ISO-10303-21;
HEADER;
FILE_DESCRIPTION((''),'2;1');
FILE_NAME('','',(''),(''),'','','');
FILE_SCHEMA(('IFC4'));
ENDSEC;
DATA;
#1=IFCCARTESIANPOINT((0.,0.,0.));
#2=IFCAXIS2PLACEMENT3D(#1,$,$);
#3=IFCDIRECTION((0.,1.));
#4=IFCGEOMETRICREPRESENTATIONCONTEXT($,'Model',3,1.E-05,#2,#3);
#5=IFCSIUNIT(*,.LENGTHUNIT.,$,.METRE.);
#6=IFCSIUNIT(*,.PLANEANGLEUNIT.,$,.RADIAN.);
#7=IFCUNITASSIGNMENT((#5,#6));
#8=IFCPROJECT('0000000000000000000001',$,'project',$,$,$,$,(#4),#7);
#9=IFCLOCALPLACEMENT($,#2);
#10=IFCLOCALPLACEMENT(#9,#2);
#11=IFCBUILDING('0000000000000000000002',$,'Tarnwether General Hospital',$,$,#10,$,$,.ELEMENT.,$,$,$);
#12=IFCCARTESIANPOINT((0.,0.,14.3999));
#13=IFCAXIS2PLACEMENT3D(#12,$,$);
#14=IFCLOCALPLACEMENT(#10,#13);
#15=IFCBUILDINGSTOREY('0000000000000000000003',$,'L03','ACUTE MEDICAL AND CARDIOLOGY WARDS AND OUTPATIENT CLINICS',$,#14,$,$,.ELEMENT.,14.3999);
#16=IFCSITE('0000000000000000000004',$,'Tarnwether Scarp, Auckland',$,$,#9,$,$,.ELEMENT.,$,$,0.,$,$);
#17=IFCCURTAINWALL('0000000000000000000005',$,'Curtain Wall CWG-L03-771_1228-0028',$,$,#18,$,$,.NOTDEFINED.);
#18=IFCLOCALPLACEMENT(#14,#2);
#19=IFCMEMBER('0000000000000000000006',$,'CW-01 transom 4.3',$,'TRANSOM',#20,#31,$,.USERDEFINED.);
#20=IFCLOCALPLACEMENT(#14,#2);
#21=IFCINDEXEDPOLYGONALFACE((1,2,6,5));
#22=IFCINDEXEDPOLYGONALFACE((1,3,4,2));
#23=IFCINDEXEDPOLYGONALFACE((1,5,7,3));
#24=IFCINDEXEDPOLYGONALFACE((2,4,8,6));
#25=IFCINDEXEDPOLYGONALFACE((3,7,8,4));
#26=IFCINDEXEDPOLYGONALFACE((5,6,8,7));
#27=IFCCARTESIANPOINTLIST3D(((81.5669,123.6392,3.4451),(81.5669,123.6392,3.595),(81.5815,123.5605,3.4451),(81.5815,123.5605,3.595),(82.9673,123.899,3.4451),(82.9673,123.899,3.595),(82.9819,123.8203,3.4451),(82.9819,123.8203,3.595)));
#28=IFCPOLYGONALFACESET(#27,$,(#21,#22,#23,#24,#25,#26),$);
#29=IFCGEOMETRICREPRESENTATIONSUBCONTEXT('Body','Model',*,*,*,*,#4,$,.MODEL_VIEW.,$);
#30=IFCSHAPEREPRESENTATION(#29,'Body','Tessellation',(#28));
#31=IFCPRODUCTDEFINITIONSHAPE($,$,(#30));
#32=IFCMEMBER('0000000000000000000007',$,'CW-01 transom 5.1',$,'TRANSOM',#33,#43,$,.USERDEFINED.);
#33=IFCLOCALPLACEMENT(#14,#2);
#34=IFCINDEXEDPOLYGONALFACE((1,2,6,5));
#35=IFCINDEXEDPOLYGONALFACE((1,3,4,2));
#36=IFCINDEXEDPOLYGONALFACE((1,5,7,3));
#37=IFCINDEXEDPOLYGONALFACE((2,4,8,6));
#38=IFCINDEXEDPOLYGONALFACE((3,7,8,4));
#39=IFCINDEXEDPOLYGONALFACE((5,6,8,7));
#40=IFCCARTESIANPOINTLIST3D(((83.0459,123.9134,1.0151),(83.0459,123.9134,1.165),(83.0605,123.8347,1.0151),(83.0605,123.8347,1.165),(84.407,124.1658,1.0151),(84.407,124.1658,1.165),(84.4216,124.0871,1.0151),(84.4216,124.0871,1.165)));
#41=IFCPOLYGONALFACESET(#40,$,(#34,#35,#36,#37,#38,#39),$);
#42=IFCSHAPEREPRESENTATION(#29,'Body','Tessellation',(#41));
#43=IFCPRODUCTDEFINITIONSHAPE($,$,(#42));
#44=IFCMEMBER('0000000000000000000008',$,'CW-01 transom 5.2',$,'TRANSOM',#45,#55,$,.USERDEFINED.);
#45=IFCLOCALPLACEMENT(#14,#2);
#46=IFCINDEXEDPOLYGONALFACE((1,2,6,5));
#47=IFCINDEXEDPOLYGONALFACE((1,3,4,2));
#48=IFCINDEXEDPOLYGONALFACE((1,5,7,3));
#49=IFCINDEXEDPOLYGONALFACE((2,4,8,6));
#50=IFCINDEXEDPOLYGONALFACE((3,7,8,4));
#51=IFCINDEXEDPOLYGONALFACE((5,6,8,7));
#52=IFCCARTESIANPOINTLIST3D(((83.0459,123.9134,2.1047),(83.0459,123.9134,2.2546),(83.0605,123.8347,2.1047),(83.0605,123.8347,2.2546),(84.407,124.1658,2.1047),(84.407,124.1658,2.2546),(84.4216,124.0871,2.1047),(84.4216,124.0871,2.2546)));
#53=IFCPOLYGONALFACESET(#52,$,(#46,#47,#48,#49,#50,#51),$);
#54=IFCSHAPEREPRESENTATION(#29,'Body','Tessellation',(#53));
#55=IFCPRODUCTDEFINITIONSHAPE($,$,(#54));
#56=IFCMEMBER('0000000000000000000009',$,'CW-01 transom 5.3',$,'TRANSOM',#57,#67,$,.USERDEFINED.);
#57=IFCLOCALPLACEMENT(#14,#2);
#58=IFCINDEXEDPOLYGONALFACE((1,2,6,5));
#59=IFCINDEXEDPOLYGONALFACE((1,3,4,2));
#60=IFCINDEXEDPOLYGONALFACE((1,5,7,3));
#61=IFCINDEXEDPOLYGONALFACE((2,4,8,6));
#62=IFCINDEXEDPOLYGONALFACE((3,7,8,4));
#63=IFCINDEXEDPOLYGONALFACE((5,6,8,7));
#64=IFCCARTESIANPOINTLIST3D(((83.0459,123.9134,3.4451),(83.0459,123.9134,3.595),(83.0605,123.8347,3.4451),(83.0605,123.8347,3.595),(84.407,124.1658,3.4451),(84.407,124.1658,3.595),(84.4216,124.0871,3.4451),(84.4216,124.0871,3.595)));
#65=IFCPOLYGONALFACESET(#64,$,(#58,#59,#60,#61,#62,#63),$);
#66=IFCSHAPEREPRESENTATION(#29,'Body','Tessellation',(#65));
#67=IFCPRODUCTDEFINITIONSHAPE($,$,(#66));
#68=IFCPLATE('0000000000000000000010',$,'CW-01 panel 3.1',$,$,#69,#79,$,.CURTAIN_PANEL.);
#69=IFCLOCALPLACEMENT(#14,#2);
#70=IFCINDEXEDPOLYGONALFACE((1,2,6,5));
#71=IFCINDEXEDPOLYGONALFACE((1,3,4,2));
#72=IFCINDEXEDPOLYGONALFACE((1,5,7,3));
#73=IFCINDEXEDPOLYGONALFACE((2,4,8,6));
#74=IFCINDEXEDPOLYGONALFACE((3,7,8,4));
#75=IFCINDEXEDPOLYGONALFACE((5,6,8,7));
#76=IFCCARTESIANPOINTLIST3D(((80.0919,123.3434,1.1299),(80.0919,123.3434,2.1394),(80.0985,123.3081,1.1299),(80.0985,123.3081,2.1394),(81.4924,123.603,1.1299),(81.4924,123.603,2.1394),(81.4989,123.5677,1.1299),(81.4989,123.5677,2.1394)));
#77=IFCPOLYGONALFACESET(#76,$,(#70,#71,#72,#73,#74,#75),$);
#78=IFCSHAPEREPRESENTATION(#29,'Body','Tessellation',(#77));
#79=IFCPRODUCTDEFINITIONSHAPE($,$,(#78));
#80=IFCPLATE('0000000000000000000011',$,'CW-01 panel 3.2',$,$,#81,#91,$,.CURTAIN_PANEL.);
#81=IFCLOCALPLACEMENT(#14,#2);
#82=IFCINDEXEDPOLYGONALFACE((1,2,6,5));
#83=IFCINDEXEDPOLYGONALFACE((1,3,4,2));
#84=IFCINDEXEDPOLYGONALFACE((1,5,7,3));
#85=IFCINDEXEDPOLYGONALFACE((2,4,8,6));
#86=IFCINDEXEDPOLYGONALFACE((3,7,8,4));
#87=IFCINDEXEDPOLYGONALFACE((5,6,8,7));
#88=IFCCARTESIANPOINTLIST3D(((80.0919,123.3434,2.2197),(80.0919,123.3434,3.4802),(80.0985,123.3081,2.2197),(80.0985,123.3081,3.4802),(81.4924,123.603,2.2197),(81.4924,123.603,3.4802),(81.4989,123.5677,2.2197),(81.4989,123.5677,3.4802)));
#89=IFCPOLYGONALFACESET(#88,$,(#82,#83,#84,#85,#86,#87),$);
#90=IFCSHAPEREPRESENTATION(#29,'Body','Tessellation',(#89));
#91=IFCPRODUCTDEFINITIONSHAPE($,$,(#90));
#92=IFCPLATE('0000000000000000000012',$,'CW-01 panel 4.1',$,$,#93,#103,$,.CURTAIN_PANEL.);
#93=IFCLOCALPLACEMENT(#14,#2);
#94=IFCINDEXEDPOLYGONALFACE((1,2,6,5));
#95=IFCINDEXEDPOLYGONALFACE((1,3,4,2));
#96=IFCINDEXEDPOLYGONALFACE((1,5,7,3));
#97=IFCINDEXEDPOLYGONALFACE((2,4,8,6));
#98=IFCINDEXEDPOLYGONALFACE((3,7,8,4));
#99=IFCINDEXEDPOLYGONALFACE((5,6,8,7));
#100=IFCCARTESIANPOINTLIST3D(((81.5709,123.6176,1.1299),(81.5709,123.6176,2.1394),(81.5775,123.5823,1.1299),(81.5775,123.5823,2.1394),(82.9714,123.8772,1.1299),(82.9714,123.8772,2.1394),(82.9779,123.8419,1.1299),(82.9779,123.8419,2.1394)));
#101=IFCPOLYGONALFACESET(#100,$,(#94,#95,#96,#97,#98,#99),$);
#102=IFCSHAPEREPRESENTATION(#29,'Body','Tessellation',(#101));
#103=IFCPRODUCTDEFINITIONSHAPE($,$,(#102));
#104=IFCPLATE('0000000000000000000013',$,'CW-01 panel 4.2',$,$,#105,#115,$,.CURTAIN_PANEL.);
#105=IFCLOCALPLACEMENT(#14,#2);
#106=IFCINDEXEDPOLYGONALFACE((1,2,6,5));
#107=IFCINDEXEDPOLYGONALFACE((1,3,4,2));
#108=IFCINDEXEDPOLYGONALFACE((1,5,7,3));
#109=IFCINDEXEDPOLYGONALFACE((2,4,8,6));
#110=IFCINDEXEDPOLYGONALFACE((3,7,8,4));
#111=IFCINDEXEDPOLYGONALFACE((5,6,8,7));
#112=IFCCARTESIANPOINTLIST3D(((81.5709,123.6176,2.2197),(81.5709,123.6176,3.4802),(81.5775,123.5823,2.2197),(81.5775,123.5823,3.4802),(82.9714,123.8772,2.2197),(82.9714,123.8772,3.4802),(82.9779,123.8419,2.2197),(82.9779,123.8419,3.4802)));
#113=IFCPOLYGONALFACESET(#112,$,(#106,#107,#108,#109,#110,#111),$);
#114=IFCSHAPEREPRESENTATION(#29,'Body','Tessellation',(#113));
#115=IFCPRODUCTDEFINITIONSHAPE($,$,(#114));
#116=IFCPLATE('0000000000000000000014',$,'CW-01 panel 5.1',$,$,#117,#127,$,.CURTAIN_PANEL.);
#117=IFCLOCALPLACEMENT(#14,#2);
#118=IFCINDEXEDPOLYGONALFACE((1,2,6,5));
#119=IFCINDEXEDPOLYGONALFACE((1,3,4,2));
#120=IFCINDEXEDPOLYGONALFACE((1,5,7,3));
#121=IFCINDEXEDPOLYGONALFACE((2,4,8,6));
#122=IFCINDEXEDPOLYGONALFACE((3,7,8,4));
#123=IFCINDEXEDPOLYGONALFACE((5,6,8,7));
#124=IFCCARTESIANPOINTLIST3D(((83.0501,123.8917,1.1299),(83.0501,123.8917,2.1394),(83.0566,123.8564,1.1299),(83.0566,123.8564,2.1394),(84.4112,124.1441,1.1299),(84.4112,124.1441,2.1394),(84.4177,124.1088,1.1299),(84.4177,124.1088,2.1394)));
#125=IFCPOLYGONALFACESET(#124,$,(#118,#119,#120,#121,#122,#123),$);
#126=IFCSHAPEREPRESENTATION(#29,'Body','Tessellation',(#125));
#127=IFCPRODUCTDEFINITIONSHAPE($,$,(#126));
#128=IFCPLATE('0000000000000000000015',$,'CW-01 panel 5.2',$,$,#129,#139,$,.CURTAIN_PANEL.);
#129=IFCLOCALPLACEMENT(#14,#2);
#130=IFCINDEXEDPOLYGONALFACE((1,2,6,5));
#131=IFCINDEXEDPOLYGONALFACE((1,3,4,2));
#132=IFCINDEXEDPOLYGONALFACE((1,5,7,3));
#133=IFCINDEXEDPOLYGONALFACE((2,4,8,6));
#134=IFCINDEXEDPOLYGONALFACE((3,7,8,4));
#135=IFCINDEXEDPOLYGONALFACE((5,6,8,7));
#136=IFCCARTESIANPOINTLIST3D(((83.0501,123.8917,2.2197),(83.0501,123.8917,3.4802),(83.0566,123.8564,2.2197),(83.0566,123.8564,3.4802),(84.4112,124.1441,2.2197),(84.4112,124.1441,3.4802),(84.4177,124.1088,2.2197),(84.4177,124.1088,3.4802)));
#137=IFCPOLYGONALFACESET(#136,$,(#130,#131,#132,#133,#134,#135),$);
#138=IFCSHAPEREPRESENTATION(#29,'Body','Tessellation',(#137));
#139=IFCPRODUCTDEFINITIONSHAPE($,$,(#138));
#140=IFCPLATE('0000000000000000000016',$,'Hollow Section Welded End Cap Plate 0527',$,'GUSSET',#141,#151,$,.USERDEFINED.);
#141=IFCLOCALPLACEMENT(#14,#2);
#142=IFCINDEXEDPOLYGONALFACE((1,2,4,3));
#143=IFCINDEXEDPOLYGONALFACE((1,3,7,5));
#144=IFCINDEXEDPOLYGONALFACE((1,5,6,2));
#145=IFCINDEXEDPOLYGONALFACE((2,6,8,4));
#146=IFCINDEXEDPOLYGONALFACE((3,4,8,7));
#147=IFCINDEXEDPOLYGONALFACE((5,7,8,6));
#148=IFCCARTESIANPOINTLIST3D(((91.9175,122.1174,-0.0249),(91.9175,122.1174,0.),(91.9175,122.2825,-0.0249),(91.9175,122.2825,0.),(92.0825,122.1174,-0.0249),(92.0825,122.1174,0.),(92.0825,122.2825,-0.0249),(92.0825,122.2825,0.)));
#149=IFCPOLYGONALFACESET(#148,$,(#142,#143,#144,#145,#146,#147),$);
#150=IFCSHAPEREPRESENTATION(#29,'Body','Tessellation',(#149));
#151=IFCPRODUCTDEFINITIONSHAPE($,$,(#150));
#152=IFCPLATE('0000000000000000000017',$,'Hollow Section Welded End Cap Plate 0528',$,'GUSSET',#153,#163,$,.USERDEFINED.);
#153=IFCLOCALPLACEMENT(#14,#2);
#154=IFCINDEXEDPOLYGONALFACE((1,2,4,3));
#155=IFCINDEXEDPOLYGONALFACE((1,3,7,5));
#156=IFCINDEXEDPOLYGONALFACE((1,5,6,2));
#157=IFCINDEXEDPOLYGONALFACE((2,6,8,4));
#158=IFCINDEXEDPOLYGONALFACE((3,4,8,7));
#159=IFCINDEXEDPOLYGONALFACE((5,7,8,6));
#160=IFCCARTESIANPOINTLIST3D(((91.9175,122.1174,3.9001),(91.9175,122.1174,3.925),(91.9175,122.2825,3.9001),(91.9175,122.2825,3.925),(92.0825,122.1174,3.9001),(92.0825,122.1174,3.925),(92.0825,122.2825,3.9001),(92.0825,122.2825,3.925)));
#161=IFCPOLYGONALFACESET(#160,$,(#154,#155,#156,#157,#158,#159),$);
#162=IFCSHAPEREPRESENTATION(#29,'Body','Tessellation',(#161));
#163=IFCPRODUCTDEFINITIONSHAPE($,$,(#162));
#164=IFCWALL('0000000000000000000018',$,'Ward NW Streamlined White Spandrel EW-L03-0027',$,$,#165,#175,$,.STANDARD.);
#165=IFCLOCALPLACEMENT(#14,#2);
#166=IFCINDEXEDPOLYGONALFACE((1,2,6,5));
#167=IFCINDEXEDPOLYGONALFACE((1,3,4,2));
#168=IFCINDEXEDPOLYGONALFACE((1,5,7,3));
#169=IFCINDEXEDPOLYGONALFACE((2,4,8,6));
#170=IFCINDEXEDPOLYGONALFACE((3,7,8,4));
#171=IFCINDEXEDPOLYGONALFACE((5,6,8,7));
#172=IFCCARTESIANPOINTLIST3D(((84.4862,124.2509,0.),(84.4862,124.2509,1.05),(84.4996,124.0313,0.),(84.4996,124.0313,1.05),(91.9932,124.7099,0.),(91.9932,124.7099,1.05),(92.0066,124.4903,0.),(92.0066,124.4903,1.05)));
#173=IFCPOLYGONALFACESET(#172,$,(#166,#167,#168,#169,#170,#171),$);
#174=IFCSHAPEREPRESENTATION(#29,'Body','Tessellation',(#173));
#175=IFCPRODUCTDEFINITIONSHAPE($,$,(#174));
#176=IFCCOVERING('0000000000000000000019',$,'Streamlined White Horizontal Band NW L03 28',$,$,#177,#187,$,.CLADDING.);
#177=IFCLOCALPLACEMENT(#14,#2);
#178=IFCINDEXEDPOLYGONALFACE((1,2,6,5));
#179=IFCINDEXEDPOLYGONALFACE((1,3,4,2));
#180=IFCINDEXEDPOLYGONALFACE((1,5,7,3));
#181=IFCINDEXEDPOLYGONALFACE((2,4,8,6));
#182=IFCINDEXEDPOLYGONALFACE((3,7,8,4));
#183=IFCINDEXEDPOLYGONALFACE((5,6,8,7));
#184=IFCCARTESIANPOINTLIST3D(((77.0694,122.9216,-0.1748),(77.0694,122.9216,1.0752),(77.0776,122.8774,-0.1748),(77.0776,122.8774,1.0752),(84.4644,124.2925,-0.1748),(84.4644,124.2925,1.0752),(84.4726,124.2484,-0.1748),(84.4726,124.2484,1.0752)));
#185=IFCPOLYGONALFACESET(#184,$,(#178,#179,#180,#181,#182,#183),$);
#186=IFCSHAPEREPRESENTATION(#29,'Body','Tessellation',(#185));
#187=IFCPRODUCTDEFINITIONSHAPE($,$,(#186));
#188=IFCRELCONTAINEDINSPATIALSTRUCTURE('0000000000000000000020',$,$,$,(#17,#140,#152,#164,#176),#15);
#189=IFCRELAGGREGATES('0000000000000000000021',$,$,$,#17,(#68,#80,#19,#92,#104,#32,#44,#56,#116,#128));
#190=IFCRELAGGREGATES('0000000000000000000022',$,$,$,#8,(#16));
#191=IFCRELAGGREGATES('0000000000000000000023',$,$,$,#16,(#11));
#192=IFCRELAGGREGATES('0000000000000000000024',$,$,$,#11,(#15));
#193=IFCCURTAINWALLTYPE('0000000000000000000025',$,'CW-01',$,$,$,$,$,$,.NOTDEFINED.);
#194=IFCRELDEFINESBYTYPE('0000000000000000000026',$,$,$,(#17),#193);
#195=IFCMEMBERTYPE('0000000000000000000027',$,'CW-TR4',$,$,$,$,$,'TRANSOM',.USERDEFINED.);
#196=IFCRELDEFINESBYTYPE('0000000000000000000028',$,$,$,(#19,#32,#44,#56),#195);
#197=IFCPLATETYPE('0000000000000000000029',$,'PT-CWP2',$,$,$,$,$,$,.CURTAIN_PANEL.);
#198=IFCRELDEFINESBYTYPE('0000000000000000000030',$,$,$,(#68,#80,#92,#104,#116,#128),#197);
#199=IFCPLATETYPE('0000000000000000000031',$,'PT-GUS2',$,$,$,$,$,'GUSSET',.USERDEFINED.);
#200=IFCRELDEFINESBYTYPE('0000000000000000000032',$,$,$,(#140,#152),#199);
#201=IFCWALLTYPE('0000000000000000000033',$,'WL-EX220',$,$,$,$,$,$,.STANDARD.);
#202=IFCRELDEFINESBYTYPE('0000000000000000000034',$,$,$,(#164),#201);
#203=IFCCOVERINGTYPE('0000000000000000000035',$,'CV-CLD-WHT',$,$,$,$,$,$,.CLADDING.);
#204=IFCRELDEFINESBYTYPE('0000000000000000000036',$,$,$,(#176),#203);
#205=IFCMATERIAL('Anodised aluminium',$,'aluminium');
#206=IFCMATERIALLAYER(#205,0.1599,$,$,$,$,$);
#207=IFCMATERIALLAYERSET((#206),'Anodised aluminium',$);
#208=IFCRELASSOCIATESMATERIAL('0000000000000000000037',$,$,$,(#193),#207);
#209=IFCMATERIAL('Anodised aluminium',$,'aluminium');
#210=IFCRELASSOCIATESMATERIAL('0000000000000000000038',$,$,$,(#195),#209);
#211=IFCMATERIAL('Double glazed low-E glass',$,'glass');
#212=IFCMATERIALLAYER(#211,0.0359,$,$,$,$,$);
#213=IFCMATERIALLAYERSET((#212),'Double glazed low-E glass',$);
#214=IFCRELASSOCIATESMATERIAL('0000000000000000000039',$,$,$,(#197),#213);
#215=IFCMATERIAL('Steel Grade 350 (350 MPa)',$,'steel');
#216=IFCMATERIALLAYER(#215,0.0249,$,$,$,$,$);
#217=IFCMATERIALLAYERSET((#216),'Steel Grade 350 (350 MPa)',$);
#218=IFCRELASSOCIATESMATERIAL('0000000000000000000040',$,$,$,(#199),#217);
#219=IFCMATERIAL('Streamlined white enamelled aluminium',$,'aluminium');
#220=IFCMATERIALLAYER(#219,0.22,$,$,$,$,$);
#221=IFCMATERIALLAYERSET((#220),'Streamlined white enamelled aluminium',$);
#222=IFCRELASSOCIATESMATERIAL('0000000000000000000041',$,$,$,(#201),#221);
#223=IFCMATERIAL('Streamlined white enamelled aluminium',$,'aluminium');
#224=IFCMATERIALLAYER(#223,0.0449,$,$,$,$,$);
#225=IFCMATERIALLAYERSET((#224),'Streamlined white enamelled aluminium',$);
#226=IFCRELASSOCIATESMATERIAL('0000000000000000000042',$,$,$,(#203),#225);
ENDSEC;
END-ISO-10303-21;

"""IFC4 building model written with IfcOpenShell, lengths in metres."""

from ifc_helpers import new_model, si_unit, direction, frame, frame_2d, origin, origin_2d, place, context, subcontext, project, spatial, rectangle, extrude, material, layer, layer_set, material_profile, profile_set, type_object, element, aggregate, save


model = new_model("IFC4")

# Units and contexts
model_context = context("Model", 3, precision=1e-05, world=origin(), true_north=direction((0.0, 1.0)))
body_context = subcontext(model_context, "Body", "Model", "MODEL_VIEW")
ifc_project = project(units=[si_unit("LENGTHUNIT", "METRE"), si_unit("PLANEANGLEUNIT", "RADIAN")], contexts=[model_context])

# Site, building, storey
site_placement = place(None, origin())
site = spatial("IfcSite", under=ifc_project, at=site_placement, Name="Tarnwether Scarp, Auckland", CompositionType="ELEMENT", RefElevation=0.0)
building_placement = place(site_placement, origin())
building = spatial("IfcBuilding", under=site, at=building_placement, Name="Tarnwether General Hospital", CompositionType="ELEMENT")
storey_placement = place(building_placement, frame((0.0, 0.0, 14.3999)))
storey = spatial("IfcBuildingStorey", under=building, at=storey_placement, Name="L03", Description="ACUTE MEDICAL AND CARDIOLOGY WARDS AND OUTPATIENT CLINICS", CompositionType="ELEMENT", Elevation=14.3999)

# Shared definitions
ifc_material_1 = material(Name="Anodised aluminium", Category="aluminium")
ifc_layer_1 = layer(ifc_material_1, 0.1599)
ifc_layer_set_1 = layer_set([ifc_layer_1], Name="Anodised aluminium")
curtain_wall_type = type_object("IfcCurtainWallType", Name="CW-01", PredefinedType="NOTDEFINED", material=ifc_layer_set_1)

# Curtain wall
curtain_wall_1_placement = place(storey_placement, origin())
curtain_wall_1 = element("IfcCurtainWall", 1, at=curtain_wall_1_placement, inside=storey, type_object=curtain_wall_type, Name="Curtain Wall CWG-L03-771_1228-0028", PredefinedType="NOTDEFINED")

# Members
ifc_material_2 = material(Name="Anodised aluminium", Category="aluminium")
ifc_material_profile_1 = material_profile(ifc_material_2, rectangle(XDim=0.0801, YDim=0.1499, at=origin_2d()), Name="ALU-TRN-80x150")
ifc_profile_set_1 = profile_set([ifc_material_profile_1], Name="Anodised aluminium")
member_type_1 = type_object("IfcMemberType", Name="CW-TR4", ElementType="TRANSOM", PredefinedType="USERDEFINED", material=ifc_profile_set_1)
member_1_placement = place(storey_placement, frame((81.5742, 123.5999, 3.52), z_axis=(0.983227, 0.182384, 0.0), x_axis=(-0.182384, 0.983227, 0.0)))
member_1 = element("IfcMember", 2, at=member_1_placement, type_object=member_type_1, Name="CW-01 transom 4.3", ObjectType="TRANSOM", PredefinedType="USERDEFINED", context=body_context, shape_type="SweptSolid", body=[
    extrude(rectangle(XDim=0.0801, YDim=0.1499, at=origin_2d()), origin(), (0.0, 0.0, 1.0), 1.4243),
])
member_2_placement = place(storey_placement, frame((83.0532, 123.874, 1.0901), z_axis=(0.983232, 0.182361, 0.0), x_axis=(-0.182361, 0.983232, 0.0)))
member_2 = element("IfcMember", 3, at=member_2_placement, type_object=member_type_1, Name="CW-01 transom 5.1", ObjectType="TRANSOM", PredefinedType="USERDEFINED", context=body_context, shape_type="SweptSolid", body=[
    extrude(rectangle(XDim=0.0801, YDim=0.1499, at=origin_2d()), origin(), (0.0, 0.0, 1.0), 1.3843),
])
member_3_placement = place(storey_placement, frame((83.0532, 123.874, 2.1797), z_axis=(0.983232, 0.182361, 0.0), x_axis=(-0.182361, 0.983232, 0.0)))
member_3 = element("IfcMember", 4, at=member_3_placement, type_object=member_type_1, Name="CW-01 transom 5.2", ObjectType="TRANSOM", PredefinedType="USERDEFINED", context=body_context, shape_type="SweptSolid", body=[
    extrude(rectangle(XDim=0.0801, YDim=0.1499, at=origin_2d()), origin(), (0.0, 0.0, 1.0), 1.3843),
])
member_4_placement = place(storey_placement, frame((83.0532, 123.874, 3.52), z_axis=(0.983232, 0.182361, 0.0), x_axis=(-0.182361, 0.983232, 0.0)))
member_4 = element("IfcMember", 5, at=member_4_placement, type_object=member_type_1, Name="CW-01 transom 5.3", ObjectType="TRANSOM", PredefinedType="USERDEFINED", context=body_context, shape_type="SweptSolid", body=[
    extrude(rectangle(XDim=0.0801, YDim=0.1499, at=origin_2d()), origin(), (0.0, 0.0, 1.0), 1.3843),
])

# Plates
ifc_material_3 = material(Name="Double glazed low-E glass", Category="glass")
ifc_layer_2 = layer(ifc_material_3, 0.0359)
ifc_layer_set_2 = layer_set([ifc_layer_2], Name="Double glazed low-E glass")
plate_type_1 = type_object("IfcPlateType", Name="PT-CWP2", PredefinedType="CURTAIN_PANEL", material=ifc_layer_set_2)
plate_1_placement = place(storey_placement, frame((80.7954, 123.4556, 1.1299), z_axis=(0.0, 0.0, 1.0), x_axis=(0.983245, 0.182289, 0.0)))
plate_1 = element("IfcPlate", 6, at=plate_1_placement, type_object=plate_type_1, Name="CW-01 panel 3.1", PredefinedType="CURTAIN_PANEL", context=body_context, shape_type="SweptSolid", body=[
    extrude(rectangle(XDim=1.4243, YDim=0.0359, at=origin_2d()), origin(), (0.0, 0.0, 1.0), 1.0095),
])
plate_2_placement = place(storey_placement, frame((80.7954, 123.4556, 2.2197), z_axis=(0.0, 0.0, 1.0), x_axis=(0.983245, 0.182289, 0.0)))
plate_2 = element("IfcPlate", 7, at=plate_2_placement, type_object=plate_type_1, Name="CW-01 panel 3.2", PredefinedType="CURTAIN_PANEL", context=body_context, shape_type="SweptSolid", body=[
    extrude(rectangle(XDim=1.4243, YDim=0.0359, at=origin_2d()), origin(), (0.0, 0.0, 1.0), 1.2605),
])
plate_3_placement = place(storey_placement, frame((82.2744, 123.7297, 1.1299), z_axis=(0.0, 0.0, 1.0), x_axis=(0.983245, 0.182289, 0.0)))
plate_3 = element("IfcPlate", 8, at=plate_3_placement, type_object=plate_type_1, Name="CW-01 panel 4.1", PredefinedType="CURTAIN_PANEL", context=body_context, shape_type="SweptSolid", body=[
    extrude(rectangle(XDim=1.4243, YDim=0.0359, at=origin_2d()), origin(), (0.0, 0.0, 1.0), 1.0095),
])
plate_4_placement = place(storey_placement, frame((82.2744, 123.7297, 2.2197), z_axis=(0.0, 0.0, 1.0), x_axis=(0.983245, 0.182289, 0.0)))
plate_4 = element("IfcPlate", 9, at=plate_4_placement, type_object=plate_type_1, Name="CW-01 panel 4.2", PredefinedType="CURTAIN_PANEL", context=body_context, shape_type="SweptSolid", body=[
    extrude(rectangle(XDim=1.4243, YDim=0.0359, at=origin_2d()), origin(), (0.0, 0.0, 1.0), 1.2605),
])
plate_5_placement = place(storey_placement, frame((83.7339, 124.0002, 1.1299), z_axis=(0.0, 0.0, 1.0), x_axis=(0.983245, 0.182289, 0.0)))
plate_5 = element("IfcPlate", 10, at=plate_5_placement, type_object=plate_type_1, Name="CW-01 panel 5.1", PredefinedType="CURTAIN_PANEL", context=body_context, shape_type="SweptSolid", body=[
    extrude(rectangle(XDim=1.3843, YDim=0.0359, at=origin_2d()), origin(), (0.0, 0.0, 1.0), 1.0095),
])
plate_6_placement = place(storey_placement, frame((83.7339, 124.0002, 2.2197), z_axis=(0.0, 0.0, 1.0), x_axis=(0.983245, 0.182289, 0.0)))
plate_6 = element("IfcPlate", 11, at=plate_6_placement, type_object=plate_type_1, Name="CW-01 panel 5.2", PredefinedType="CURTAIN_PANEL", context=body_context, shape_type="SweptSolid", body=[
    extrude(rectangle(XDim=1.3843, YDim=0.0359, at=origin_2d()), origin(), (0.0, 0.0, 1.0), 1.2605),
])
aggregate(curtain_wall_1, [plate_1, plate_2, member_1, plate_3, plate_4, member_2, member_3, member_4, plate_5, plate_6])

# Plates
ifc_material_4 = material(Name="Steel Grade 350 (350 MPa)", Category="steel")
ifc_layer_3 = layer(ifc_material_4, 0.0249)
ifc_layer_set_3 = layer_set([ifc_layer_3], Name="Steel Grade 350 (350 MPa)")
plate_type_2 = type_object("IfcPlateType", Name="PT-GUS2", ElementType="GUSSET", PredefinedType="USERDEFINED", material=ifc_layer_set_3)
for number, where, z_axis, x_axis, name in (
    (12, (92.0, 122.2, -0.0249), (0.0, 0.0, 1.0), (1.0, 0.0, 0.0), "Hollow Section Welded End Cap Plate 0527"),
    (13, (92.0, 122.2, 3.9001), (0.0, 0.0, 1.0), (1.0, 0.0, 0.0), "Hollow Section Welded End Cap Plate 0528"),
):
    element("IfcPlate", number, at=place(storey_placement, frame(where, z_axis=z_axis, x_axis=x_axis)), inside=storey, type_object=plate_type_2, Name=name, ObjectType="GUSSET", PredefinedType="USERDEFINED", context=body_context, shape_type="SweptSolid", body=[
        extrude(rectangle(XDim=0.165, YDim=0.165, at=origin_2d()), origin(), (0.0, 0.0, 1.0), 0.0249),
    ])

# Wall
ifc_material_5 = material(Name="Streamlined white enamelled aluminium", Category="aluminium")
ifc_layer_4 = layer(ifc_material_5, 0.22)
ifc_layer_set_4 = layer_set([ifc_layer_4], Name="Streamlined white enamelled aluminium")
wall_type = type_object("IfcWallType", Name="WL-EX220", PredefinedType="STANDARD", material=ifc_layer_set_4)
wall_placement = place(storey_placement, frame((84.4929, 124.1411, 0.0), z_axis=(0.0, 0.0, 1.0), x_axis=(0.998136, 0.061026, 0.0)))
element("IfcWall", 14, at=wall_placement, inside=storey, type_object=wall_type, Name="Ward NW Streamlined White Spandrel EW-L03-0027", PredefinedType="STANDARD", context=body_context, shape_type="SweptSolid", body=[
    extrude(rectangle(XDim=7.521, YDim=0.22, at=frame_2d((3.7605, 0.0))), origin(), (0.0, 0.0, 1.0), 1.05),
])

# Covering
ifc_material_6 = material(Name="Streamlined white enamelled aluminium", Category="aluminium")
ifc_layer_5 = layer(ifc_material_6, 0.0449)
ifc_layer_set_5 = layer_set([ifc_layer_5], Name="Streamlined white enamelled aluminium")
covering_type = type_object("IfcCoveringType", Name="CV-CLD-WHT", PredefinedType="CLADDING", material=ifc_layer_set_5)
covering_placement = place(storey_placement, frame((80.771, 123.585, -0.1748), z_axis=(0.0, 0.0, 1.0), x_axis=(0.983245, 0.182287, 0.0)))
element("IfcCovering", 15, at=covering_placement, inside=storey, type_object=covering_type, Name="Streamlined White Horizontal Band NW L03 28", PredefinedType="CLADDING", context=body_context, shape_type="SweptSolid", body=[
    extrude(rectangle(XDim=7.521, YDim=0.0449, at=origin_2d()), origin(), (0.0, 0.0, 1.0), 1.25),
])

save(model, "model.ifc")
